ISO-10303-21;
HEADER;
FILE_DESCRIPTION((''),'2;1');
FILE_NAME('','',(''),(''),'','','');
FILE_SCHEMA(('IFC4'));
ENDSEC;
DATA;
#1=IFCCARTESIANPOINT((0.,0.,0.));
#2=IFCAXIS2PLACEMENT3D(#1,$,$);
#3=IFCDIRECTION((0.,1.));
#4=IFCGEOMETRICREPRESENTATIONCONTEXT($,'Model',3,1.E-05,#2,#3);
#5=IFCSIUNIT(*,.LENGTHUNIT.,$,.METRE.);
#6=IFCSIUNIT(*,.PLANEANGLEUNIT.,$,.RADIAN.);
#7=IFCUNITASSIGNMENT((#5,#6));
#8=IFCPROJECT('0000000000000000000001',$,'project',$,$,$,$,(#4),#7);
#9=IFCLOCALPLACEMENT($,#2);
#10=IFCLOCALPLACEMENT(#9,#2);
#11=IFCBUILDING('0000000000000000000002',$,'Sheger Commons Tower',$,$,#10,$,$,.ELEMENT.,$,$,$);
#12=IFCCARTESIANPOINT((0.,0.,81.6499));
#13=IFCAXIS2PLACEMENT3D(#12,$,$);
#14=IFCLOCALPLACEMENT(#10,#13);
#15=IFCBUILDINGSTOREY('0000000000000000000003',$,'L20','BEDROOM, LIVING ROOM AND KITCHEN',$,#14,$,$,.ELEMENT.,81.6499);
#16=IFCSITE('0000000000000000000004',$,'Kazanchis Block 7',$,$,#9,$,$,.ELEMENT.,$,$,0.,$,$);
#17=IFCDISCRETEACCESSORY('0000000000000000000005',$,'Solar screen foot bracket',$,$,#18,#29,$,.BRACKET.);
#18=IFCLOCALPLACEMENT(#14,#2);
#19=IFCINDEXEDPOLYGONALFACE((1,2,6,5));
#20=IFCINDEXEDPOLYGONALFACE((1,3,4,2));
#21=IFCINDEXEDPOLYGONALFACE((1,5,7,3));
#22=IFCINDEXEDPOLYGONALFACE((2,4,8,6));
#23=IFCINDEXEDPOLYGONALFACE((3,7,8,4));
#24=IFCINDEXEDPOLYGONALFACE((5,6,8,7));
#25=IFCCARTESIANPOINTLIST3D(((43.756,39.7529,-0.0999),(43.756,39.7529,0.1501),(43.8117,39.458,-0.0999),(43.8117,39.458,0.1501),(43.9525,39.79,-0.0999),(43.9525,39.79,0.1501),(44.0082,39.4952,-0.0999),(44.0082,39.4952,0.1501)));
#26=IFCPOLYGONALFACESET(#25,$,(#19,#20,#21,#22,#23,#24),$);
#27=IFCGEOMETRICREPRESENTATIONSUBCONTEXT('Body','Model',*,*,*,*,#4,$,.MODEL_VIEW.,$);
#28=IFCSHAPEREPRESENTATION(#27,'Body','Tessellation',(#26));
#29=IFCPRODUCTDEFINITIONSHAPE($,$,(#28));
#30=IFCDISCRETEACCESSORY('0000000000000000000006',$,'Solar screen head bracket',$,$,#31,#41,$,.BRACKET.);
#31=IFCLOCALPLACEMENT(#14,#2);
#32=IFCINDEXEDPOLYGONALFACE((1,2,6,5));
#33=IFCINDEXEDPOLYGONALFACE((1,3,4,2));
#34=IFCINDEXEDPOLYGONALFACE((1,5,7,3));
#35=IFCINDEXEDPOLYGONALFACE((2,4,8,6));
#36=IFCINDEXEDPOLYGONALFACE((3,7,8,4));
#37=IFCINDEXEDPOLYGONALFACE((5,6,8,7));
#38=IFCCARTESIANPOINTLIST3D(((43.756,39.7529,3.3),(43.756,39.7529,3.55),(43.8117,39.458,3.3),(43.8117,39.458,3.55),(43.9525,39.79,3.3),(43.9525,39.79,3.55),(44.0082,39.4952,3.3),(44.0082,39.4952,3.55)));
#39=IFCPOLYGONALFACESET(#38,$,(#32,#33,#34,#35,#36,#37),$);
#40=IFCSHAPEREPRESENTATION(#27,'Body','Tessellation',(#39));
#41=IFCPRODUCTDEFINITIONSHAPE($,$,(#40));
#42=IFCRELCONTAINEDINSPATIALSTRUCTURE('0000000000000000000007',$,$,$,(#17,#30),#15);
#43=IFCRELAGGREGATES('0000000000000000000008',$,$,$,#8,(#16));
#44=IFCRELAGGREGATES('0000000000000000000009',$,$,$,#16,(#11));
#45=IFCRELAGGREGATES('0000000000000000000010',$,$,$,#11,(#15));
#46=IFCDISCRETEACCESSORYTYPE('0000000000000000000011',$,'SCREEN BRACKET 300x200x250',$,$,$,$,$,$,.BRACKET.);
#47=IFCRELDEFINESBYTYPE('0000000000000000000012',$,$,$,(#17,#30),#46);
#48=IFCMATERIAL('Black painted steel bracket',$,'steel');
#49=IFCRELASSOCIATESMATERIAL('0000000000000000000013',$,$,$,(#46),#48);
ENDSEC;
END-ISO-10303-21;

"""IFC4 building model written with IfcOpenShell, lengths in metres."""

from ifc_helpers import new_model, si_unit, direction, frame, origin, origin_2d, place, context, subcontext, project, spatial, rectangle, extrude, material, type_object, element, save


model = new_model("IFC4")

# Units and contexts
model_context = context("Model", 3, precision=1e-05, world=origin(), true_north=direction((0.0, 1.0)))
body_context = subcontext(model_context, "Body", "Model", "MODEL_VIEW")
ifc_project = project(units=[si_unit("LENGTHUNIT", "METRE"), si_unit("PLANEANGLEUNIT", "RADIAN")], contexts=[model_context])

# Site, building, storey
site_placement = place(None, origin())
site = spatial("IfcSite", under=ifc_project, at=site_placement, Name="Kazanchis Block 7", CompositionType="ELEMENT", RefElevation=0.0)
building_placement = place(site_placement, origin())
building = spatial("IfcBuilding", under=site, at=building_placement, Name="Sheger Commons Tower", CompositionType="ELEMENT")
storey_placement = place(building_placement, frame((0.0, 0.0, 81.6499)))
storey = spatial("IfcBuildingStorey", under=building, at=storey_placement, Name="L20", Description="BEDROOM, LIVING ROOM AND KITCHEN", CompositionType="ELEMENT", Elevation=81.6499)

# Discrete accessories
ifc_material_1 = material(Name="Black painted steel bracket", Category="steel")
discrete_accessory_type = type_object("IfcDiscreteAccessoryType", Name="SCREEN BRACKET 300x200x250", PredefinedType="BRACKET", material=ifc_material_1)
for number, where, z_axis, x_axis, name in (
    (1, (43.8821, 39.624, -0.0999), (0.0, 0.0, 1.0), (-0.185615, 0.982623, 0.0), "Solar screen foot bracket"),
    (2, (43.8821, 39.624, 3.3), (0.0, 0.0, 1.0), (-0.185615, 0.982623, 0.0), "Solar screen head bracket"),
):
    element("IfcDiscreteAccessory", number, at=place(storey_placement, frame(where, z_axis=z_axis, x_axis=x_axis)), inside=storey, type_object=discrete_accessory_type, Name=name, PredefinedType="BRACKET", context=body_context, shape_type="SweptSolid", body=[
        extrude(rectangle(XDim=0.3, YDim=0.2, at=origin_2d()), origin(), (0.0, 0.0, 1.0), 0.25),
    ])

save(model, "model.ifc")
